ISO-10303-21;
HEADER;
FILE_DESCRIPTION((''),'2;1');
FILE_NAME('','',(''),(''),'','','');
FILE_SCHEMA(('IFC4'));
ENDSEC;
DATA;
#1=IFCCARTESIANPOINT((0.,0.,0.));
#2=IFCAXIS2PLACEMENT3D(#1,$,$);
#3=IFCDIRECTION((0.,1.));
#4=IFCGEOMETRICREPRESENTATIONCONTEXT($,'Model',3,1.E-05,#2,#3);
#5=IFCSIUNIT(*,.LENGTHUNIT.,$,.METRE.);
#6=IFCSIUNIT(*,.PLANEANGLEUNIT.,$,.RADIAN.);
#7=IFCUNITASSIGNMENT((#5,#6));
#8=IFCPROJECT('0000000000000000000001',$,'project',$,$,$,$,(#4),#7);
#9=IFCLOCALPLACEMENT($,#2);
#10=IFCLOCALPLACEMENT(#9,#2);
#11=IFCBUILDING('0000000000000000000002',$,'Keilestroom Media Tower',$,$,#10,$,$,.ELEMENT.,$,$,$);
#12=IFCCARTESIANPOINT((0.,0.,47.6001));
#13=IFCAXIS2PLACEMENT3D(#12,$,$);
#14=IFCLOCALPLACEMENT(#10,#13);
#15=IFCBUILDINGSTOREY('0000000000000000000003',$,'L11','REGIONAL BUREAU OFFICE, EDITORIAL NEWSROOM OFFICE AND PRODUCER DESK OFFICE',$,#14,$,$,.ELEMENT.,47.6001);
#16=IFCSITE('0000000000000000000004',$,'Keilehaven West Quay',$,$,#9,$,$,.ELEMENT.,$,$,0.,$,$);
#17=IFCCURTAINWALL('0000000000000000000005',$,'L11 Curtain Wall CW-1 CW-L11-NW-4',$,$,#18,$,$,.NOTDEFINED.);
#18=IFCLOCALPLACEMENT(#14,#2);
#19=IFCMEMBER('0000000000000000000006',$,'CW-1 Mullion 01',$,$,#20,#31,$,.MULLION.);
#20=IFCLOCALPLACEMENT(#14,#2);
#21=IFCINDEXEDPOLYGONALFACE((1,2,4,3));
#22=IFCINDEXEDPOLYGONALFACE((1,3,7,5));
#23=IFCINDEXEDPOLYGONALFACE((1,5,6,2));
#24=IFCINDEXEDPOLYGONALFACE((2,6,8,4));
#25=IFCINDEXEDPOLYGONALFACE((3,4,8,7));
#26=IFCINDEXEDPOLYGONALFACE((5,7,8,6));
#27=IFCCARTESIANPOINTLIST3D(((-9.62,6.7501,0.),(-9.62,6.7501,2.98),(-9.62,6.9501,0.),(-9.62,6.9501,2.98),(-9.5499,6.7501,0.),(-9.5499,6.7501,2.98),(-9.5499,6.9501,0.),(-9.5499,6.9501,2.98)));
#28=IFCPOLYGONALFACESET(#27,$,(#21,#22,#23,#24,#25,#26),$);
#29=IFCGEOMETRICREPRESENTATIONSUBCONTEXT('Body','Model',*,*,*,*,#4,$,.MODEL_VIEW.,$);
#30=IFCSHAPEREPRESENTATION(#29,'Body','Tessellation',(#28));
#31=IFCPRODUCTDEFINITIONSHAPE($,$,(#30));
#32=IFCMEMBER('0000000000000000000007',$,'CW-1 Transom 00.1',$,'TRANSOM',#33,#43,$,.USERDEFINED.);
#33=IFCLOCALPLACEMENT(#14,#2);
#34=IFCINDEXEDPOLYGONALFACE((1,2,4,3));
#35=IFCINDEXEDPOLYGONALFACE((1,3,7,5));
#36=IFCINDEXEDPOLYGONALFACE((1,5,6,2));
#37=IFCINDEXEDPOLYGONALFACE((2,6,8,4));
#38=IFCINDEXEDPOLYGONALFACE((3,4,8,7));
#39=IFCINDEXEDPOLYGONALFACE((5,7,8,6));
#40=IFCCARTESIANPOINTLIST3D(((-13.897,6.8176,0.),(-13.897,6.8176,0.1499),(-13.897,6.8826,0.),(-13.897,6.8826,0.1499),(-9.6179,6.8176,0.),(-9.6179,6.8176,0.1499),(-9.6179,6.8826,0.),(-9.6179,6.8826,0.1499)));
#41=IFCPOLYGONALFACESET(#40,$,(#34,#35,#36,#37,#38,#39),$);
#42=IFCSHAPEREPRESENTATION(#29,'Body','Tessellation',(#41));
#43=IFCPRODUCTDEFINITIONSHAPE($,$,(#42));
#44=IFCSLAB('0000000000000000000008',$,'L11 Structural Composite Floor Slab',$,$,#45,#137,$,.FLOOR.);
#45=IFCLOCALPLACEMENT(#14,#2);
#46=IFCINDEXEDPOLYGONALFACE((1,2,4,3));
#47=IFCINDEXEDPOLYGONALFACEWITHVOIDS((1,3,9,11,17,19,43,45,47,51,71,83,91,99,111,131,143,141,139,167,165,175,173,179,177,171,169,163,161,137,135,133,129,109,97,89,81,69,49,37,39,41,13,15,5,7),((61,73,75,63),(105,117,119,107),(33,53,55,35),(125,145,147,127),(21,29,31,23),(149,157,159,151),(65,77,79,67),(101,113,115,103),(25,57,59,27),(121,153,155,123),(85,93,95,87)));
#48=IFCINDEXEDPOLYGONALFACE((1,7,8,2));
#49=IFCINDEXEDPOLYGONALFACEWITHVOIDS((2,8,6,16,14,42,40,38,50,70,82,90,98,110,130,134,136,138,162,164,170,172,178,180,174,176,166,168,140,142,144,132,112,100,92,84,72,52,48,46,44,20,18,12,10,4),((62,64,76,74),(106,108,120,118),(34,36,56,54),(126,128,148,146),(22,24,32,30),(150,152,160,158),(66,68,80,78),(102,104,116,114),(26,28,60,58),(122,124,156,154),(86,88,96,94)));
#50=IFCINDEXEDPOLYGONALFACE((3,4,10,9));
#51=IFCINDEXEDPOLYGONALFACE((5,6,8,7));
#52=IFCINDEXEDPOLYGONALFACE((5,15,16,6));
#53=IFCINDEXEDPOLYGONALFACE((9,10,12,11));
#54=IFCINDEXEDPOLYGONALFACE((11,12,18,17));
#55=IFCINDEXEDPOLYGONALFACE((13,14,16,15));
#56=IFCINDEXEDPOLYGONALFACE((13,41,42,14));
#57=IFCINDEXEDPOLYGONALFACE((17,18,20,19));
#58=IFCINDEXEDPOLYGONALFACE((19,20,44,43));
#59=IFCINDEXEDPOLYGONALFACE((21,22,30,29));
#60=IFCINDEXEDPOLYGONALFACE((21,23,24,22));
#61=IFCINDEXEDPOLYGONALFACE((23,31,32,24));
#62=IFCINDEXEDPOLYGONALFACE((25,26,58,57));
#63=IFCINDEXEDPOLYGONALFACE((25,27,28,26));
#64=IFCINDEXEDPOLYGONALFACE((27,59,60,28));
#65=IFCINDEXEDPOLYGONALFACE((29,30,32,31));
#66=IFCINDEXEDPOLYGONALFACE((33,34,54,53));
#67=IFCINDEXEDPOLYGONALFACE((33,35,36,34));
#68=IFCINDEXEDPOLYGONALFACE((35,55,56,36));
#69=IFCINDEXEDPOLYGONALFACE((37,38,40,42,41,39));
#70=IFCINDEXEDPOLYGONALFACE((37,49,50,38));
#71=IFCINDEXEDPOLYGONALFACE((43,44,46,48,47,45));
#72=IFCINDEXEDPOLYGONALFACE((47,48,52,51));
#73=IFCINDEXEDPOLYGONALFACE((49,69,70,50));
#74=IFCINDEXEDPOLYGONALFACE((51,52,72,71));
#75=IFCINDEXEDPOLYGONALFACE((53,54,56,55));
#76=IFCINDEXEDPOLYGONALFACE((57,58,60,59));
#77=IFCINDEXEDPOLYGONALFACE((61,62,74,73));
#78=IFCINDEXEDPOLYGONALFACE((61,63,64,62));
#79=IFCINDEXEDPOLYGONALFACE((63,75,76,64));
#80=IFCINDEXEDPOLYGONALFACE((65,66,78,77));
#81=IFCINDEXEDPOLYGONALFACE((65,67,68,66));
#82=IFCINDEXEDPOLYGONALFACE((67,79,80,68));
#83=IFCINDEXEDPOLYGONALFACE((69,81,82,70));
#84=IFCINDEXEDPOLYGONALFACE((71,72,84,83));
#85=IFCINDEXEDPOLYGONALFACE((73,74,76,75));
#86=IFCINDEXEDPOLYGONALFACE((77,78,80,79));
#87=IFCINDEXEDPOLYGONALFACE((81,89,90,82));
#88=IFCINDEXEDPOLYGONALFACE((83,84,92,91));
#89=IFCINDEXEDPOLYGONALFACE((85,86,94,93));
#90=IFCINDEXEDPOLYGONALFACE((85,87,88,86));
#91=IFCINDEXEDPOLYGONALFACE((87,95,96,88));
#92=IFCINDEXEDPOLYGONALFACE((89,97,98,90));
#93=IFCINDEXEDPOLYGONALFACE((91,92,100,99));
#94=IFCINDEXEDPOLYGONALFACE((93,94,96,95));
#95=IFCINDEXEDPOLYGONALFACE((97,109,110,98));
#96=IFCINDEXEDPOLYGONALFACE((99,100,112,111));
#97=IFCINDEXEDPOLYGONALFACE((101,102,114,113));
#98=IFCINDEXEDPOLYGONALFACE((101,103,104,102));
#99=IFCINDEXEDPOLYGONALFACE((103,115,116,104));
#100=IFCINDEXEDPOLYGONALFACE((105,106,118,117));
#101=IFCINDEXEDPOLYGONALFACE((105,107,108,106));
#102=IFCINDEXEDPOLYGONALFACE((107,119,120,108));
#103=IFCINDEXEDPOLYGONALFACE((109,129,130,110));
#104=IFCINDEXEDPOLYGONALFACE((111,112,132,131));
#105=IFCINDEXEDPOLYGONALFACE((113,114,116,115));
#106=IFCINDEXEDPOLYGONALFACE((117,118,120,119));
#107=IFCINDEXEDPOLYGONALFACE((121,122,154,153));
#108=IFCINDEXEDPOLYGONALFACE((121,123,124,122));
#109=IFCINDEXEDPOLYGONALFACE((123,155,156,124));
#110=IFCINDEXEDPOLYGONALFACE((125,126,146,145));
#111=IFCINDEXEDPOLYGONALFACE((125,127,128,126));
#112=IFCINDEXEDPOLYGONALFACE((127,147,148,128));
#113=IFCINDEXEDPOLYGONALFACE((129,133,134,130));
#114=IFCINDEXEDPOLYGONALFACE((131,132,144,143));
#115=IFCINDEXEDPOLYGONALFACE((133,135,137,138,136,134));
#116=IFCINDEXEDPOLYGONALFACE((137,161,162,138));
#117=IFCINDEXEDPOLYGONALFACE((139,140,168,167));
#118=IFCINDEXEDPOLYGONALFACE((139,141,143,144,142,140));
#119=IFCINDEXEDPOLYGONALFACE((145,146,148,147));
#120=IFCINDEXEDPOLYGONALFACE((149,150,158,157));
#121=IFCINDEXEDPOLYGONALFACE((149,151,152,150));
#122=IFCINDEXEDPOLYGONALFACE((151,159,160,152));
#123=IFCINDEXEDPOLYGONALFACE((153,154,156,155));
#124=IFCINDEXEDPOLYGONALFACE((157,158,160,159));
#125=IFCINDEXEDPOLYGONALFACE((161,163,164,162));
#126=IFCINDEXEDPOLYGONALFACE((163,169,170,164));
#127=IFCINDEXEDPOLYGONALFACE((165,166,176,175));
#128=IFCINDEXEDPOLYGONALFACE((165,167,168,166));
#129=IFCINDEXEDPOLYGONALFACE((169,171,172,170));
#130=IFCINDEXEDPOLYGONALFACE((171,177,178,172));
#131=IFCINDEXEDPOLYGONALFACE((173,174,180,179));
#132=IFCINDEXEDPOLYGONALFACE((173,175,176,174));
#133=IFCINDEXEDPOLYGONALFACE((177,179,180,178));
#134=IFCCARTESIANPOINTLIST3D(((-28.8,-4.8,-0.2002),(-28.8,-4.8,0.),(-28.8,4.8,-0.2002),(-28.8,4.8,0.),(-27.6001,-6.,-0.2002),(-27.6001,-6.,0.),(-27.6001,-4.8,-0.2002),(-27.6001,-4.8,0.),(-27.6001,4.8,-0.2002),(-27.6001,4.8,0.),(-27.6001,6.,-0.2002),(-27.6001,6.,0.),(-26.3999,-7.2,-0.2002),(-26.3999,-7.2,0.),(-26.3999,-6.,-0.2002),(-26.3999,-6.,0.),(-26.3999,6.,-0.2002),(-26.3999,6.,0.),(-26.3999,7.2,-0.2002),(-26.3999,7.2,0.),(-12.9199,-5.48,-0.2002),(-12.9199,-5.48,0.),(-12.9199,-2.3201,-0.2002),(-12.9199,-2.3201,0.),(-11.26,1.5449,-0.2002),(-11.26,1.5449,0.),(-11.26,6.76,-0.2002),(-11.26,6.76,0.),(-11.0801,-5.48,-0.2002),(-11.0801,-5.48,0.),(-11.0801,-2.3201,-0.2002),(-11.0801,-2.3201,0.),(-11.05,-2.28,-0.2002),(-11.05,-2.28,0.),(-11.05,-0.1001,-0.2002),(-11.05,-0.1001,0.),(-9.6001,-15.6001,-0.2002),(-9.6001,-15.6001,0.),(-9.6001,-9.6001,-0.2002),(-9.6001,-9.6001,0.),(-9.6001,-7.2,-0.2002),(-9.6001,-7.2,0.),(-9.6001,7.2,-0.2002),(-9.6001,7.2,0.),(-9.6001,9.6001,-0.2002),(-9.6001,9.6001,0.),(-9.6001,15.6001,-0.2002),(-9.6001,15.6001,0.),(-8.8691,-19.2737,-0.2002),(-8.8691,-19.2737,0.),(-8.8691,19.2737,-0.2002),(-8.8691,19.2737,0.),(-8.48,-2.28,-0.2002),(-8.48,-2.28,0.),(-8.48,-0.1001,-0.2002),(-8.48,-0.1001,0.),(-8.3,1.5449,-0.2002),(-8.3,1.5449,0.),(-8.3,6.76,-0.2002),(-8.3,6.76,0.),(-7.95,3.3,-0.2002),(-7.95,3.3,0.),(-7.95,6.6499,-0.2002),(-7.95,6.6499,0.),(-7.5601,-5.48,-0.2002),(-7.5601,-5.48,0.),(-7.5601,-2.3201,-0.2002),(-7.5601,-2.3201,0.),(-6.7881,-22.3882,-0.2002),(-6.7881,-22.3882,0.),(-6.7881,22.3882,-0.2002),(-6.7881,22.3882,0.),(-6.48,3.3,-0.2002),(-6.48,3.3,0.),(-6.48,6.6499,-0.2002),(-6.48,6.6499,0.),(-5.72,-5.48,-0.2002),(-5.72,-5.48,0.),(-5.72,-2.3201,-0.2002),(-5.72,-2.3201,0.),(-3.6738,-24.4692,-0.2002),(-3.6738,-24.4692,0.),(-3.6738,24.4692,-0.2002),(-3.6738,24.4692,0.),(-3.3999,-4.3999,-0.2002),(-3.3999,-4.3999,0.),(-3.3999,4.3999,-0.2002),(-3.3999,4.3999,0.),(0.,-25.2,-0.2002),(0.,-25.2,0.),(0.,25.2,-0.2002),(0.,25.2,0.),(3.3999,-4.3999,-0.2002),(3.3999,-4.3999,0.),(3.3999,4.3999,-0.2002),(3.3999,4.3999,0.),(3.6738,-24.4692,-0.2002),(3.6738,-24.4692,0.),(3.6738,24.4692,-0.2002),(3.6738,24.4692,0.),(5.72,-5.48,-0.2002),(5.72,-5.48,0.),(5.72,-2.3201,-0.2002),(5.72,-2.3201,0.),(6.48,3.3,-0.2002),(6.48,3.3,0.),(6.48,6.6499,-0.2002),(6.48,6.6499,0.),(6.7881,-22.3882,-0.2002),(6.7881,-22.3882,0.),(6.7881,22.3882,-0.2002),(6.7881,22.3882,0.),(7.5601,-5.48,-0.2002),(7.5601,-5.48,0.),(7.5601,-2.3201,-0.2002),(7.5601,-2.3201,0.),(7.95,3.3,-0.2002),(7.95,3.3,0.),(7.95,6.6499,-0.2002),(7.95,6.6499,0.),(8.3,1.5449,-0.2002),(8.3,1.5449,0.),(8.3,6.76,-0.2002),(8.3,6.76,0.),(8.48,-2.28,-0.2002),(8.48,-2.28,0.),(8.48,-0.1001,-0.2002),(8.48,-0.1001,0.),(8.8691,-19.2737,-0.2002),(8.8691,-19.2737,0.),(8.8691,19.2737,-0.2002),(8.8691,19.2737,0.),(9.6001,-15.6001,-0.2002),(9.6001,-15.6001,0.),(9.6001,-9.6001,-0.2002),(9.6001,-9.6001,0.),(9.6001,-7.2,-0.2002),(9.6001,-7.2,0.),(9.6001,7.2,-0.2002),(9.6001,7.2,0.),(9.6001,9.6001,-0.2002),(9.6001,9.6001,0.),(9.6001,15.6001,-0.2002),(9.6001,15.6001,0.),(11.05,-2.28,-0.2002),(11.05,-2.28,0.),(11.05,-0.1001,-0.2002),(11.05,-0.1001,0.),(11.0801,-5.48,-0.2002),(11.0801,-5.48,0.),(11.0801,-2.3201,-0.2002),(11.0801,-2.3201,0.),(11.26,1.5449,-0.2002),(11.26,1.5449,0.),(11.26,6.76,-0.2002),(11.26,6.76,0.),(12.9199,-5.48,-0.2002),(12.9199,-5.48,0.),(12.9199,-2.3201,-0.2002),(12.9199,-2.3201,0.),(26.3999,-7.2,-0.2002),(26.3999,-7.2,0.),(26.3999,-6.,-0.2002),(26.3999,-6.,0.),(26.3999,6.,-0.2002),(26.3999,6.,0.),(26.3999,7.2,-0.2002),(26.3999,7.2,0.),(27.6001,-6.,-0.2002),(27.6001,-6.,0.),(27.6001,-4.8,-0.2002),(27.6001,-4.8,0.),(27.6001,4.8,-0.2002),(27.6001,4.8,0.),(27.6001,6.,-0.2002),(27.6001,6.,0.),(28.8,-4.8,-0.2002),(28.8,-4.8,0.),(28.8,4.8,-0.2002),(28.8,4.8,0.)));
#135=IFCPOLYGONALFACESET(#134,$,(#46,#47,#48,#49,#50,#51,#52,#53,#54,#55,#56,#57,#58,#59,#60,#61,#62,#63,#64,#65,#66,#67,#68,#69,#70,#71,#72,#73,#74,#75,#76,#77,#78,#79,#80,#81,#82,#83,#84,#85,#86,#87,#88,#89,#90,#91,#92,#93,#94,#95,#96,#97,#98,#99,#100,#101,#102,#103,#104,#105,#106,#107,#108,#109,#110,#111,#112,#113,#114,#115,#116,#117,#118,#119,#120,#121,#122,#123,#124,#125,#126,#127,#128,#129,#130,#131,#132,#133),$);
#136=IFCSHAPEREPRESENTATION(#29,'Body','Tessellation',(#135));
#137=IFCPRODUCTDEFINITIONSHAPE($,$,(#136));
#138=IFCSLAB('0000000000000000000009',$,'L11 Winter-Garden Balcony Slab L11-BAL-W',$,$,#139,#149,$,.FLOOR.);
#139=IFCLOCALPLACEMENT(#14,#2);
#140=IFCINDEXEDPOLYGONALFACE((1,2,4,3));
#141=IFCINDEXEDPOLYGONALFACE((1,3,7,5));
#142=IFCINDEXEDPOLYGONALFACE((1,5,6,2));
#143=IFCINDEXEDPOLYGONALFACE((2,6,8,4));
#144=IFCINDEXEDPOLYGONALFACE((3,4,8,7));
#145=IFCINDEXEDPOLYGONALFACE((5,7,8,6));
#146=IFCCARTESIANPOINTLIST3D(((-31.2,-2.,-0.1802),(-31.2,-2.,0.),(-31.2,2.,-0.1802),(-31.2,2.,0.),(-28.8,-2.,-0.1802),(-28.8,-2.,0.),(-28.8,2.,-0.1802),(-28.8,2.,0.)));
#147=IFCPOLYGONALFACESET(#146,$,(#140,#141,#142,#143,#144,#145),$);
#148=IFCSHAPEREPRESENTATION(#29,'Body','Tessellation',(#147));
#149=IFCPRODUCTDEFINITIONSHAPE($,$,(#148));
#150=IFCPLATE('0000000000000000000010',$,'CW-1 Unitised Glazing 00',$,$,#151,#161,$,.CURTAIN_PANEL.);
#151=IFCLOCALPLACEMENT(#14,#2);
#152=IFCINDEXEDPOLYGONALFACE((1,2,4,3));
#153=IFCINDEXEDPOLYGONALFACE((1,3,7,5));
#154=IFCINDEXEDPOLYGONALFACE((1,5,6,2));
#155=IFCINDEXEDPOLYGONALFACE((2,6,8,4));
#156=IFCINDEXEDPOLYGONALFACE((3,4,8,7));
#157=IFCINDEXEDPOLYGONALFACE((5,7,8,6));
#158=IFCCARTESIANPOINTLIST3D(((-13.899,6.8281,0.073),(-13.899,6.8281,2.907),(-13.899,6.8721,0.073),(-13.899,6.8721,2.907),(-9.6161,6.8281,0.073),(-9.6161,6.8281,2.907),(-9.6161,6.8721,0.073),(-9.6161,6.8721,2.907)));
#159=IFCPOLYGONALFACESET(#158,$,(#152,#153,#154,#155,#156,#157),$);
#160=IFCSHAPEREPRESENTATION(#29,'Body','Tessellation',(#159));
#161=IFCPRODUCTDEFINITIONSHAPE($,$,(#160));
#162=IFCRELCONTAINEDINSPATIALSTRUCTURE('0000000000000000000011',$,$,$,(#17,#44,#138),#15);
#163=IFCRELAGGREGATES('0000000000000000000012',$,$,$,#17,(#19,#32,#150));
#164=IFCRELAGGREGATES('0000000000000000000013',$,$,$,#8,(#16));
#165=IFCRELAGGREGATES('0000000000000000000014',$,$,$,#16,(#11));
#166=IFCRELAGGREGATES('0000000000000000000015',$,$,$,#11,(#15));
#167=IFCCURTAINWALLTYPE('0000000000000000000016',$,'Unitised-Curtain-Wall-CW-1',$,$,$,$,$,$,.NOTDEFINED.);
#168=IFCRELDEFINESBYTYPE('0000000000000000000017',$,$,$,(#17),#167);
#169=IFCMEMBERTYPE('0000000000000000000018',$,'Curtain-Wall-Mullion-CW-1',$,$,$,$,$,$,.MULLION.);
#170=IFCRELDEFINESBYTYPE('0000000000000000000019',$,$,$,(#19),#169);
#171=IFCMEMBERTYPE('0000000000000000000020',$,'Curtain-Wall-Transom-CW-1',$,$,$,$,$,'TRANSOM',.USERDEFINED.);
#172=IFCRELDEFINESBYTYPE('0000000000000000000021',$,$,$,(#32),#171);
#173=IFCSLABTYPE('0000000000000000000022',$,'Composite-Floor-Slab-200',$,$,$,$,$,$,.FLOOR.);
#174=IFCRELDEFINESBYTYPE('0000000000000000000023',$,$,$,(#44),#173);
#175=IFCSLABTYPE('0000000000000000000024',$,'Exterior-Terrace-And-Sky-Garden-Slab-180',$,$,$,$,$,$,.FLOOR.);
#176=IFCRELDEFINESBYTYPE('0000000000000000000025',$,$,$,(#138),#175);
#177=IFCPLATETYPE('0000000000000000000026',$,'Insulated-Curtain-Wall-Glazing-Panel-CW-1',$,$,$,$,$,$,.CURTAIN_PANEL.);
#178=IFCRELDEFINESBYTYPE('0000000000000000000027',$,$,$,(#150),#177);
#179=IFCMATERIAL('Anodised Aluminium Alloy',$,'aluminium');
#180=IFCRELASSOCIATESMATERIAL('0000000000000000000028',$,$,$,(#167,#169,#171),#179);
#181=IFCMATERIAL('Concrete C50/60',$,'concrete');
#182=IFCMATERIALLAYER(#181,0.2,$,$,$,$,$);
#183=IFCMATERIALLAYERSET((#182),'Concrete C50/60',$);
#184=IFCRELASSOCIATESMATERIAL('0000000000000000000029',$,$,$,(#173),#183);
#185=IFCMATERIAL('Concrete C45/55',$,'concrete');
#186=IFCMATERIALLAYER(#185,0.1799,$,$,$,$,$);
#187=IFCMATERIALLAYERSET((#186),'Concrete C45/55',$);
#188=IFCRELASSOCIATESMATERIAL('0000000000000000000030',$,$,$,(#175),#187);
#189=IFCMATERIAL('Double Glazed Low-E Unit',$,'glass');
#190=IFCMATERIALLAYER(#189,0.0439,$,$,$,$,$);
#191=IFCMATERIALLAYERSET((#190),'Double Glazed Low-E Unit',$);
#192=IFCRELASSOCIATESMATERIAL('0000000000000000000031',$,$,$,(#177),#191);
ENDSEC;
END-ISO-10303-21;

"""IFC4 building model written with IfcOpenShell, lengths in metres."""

from ifc_helpers import new_model, si_unit, direction, frame, origin, origin_2d, place, context, subcontext, project, spatial, polyline, rectangle, outline, extrude, source, transform, mapped, material, layer, layer_set, material_profile, profile_set, type_object, element, aggregate, save


model = new_model("IFC4")

# Units and contexts
model_context = context("Model", 3, precision=1e-05, world=origin(), true_north=direction((0.0, 1.0)))
body_context = subcontext(model_context, "Body", "Model", "MODEL_VIEW")
ifc_project = project(units=[si_unit("LENGTHUNIT", "METRE"), si_unit("PLANEANGLEUNIT", "RADIAN")], contexts=[model_context])

# Site, building, storey
site_placement = place(None, origin())
site = spatial("IfcSite", under=ifc_project, at=site_placement, Name="Keilehaven West Quay", CompositionType="ELEMENT", RefElevation=0.0)
building_placement = place(site_placement, origin())
building = spatial("IfcBuilding", under=site, at=building_placement, Name="Keilestroom Media Tower", CompositionType="ELEMENT")
storey_placement = place(building_placement, frame((0.0, 0.0, 47.6001)))
storey = spatial("IfcBuildingStorey", under=building, at=storey_placement, Name="L11", Description="REGIONAL BUREAU OFFICE, EDITORIAL NEWSROOM OFFICE AND PRODUCER DESK OFFICE", CompositionType="ELEMENT", Elevation=47.6001)

# Curtain wall, members
ifc_material_1 = material(Name="Anodised Aluminium Alloy", Category="aluminium")
curtain_wall_type = type_object("IfcCurtainWallType", Name="Unitised-Curtain-Wall-CW-1", PredefinedType="NOTDEFINED", material=ifc_material_1)
curtain_wall_placement = place(storey_placement, origin())
curtain_wall = element("IfcCurtainWall", 1, at=curtain_wall_placement, inside=storey, type_object=curtain_wall_type, Name="L11 Curtain Wall CW-1 CW-L11-NW-4", PredefinedType="NOTDEFINED")
ifc_material_profile_1 = material_profile(ifc_material_1, rectangle(XDim=0.0701, YDim=0.2, at=origin_2d()), Name="ALU MULLION 70x200")
ifc_profile_set_1 = profile_set([ifc_material_profile_1], Name="Anodised Aluminium Alloy")
member_type_1 = type_object("IfcMemberType", Name="Curtain-Wall-Mullion-CW-1", PredefinedType="MULLION", material=ifc_profile_set_1)
shared_shape_1 = source(origin(), body_context, "Body", "SweptSolid", [
    extrude(rectangle(XDim=0.0701, YDim=0.2, at=origin_2d()), origin(), (0.0, 0.0, 1.0), 2.98),
])
member_1_placement = place(storey_placement, frame((-9.585, 6.8501, 0.0), z_axis=(0.0, 0.0, 1.0), x_axis=(1.0, 0.0, 0.0)))
member_1 = element("IfcMember", 2, at=member_1_placement, type_object=member_type_1, Name="CW-1 Mullion 01", PredefinedType="MULLION", context=body_context, shape_type="MappedRepresentation", body=[
    mapped(shared_shape_1, transform((0.0, 0.0, 0.0), x_axis=(1.0, 0.0, 0.0), y_axis=(0.0, 1.0, 0.0), z_axis=(0.0, 0.0, 1.0), scale=1.0)),
])
ifc_material_profile_2 = material_profile(ifc_material_1, rectangle(XDim=0.0649, YDim=0.1499, at=origin_2d()), Name="ALU TRANSOM 65x150")
ifc_profile_set_2 = profile_set([ifc_material_profile_2], Name="Anodised Aluminium Alloy")
member_type_2 = type_object("IfcMemberType", Name="Curtain-Wall-Transom-CW-1", ElementType="TRANSOM", PredefinedType="USERDEFINED", material=ifc_profile_set_2)
shared_shape_2 = source(origin(), body_context, "Body", "SweptSolid", [
    extrude(rectangle(XDim=0.0649, YDim=0.1499, at=origin_2d()), origin(), (0.0, 0.0, 1.0), 4.2791),
])
member_2_placement = place(storey_placement, frame((-13.897, 6.8501, 0.075), z_axis=(1.0, 0.0, 0.0), x_axis=(0.0, 1.0, 0.0)))
member_2 = element("IfcMember", 3, at=member_2_placement, type_object=member_type_2, Name="CW-1 Transom 00.1", ObjectType="TRANSOM", PredefinedType="USERDEFINED", context=body_context, shape_type="MappedRepresentation", body=[
    mapped(shared_shape_2, transform((0.0, 0.0, 0.0), x_axis=(1.0, 0.0, 0.0), y_axis=(0.0, 1.0, 0.0), z_axis=(0.0, 0.0, 1.0), scale=1.0)),
])

# Slabs
ifc_material_2 = material(Name="Concrete C50/60", Category="concrete")
ifc_layer_1 = layer(ifc_material_2, 0.2)
ifc_layer_set_1 = layer_set([ifc_layer_1], Name="Concrete C50/60")
slab_type_1 = type_object("IfcSlabType", Name="Composite-Floor-Slab-200", PredefinedType="FLOOR", material=ifc_layer_set_1)
slab_1_placement = place(storey_placement, frame((0.0, 0.0, -0.2002)))
element("IfcSlab", 4, at=slab_1_placement, inside=storey, type_object=slab_type_1, Name="L11 Structural Composite Floor Slab", PredefinedType="FLOOR", context=body_context, shape_type="SweptSolid", body=[
    extrude(outline(polyline([(28.8, -4.8), (28.8, 4.8), (27.6001, 4.8), (27.6001, 6.0), (26.3999, 6.0), (26.3999, 7.2), (9.6001, 7.2), (9.6001, 9.6001), (9.6001, 15.6001), (8.8691, 19.2737), (6.7881, 22.3882), (3.6738, 24.4692), (0.0, 25.2), (-3.6738, 24.4692), (-6.7881, 22.3882), (-8.8691, 19.2737), (-9.6001, 15.6001), (-9.6001, 9.6001), (-9.6001, 7.2), (-26.3999, 7.2), (-26.3999, 6.0), (-27.6001, 6.0), (-27.6001, 4.8), (-28.8, 4.8), (-28.8, -4.8), (-27.6001, -4.8), (-27.6001, -6.0), (-26.3999, -6.0), (-26.3999, -7.2), (-9.6001, -7.2), (-9.6001, -9.6001), (-9.6001, -15.6001), (-8.8691, -19.2737), (-6.7881, -22.3882), (-3.6738, -24.4692), (0.0, -25.2), (3.6738, -24.4692), (6.7881, -22.3882), (8.8691, -19.2737), (9.6001, -15.6001), (9.6001, -9.6001), (9.6001, -7.2), (26.3999, -7.2), (26.3999, -6.0), (27.6001, -6.0), (27.6001, -4.8), (28.8, -4.8)]), holes=[polyline([(-12.9199, -5.48), (-12.9199, -2.3201), (-11.0801, -2.3201), (-11.0801, -5.48), (-12.9199, -5.48)]), polyline([(-11.26, 1.5449), (-11.26, 6.76), (-8.3, 6.76), (-8.3, 1.5449), (-11.26, 1.5449)]), polyline([(-11.05, -2.28), (-11.05, -0.1001), (-8.48, -0.1001), (-8.48, -2.28), (-11.05, -2.28)]), polyline([(-7.95, 3.3), (-7.95, 6.6499), (-6.48, 6.6499), (-6.48, 3.3), (-7.95, 3.3)]), polyline([(-7.5601, -5.48), (-7.5601, -2.3201), (-5.72, -2.3201), (-5.72, -5.48), (-7.5601, -5.48)]), polyline([(-3.3999, -4.3999), (-3.3999, 4.3999), (3.3999, 4.3999), (3.3999, -4.3999), (-3.3999, -4.3999)]), polyline([(5.72, -5.48), (5.72, -2.3201), (7.5601, -2.3201), (7.5601, -5.48), (5.72, -5.48)]), polyline([(7.95, 6.6499), (7.95, 3.3), (6.48, 3.3), (6.48, 6.6499), (7.95, 6.6499)]), polyline([(8.3, 6.76), (11.26, 6.76), (11.26, 1.5449), (8.3, 1.5449), (8.3, 6.76)]), polyline([(8.48, -2.28), (8.48, -0.1001), (11.05, -0.1001), (11.05, -2.28), (8.48, -2.28)]), polyline([(12.9199, -5.48), (11.0801, -5.48), (11.0801, -2.3201), (12.9199, -2.3201), (12.9199, -5.48)])]), origin(), (0.0, 0.0, 1.0), 0.2002),
])
ifc_material_3 = material(Name="Concrete C45/55", Category="concrete")
ifc_layer_2 = layer(ifc_material_3, 0.1799)
ifc_layer_set_2 = layer_set([ifc_layer_2], Name="Concrete C45/55")
slab_type_2 = type_object("IfcSlabType", Name="Exterior-Terrace-And-Sky-Garden-Slab-180", PredefinedType="FLOOR", material=ifc_layer_set_2)
slab_2_placement = place(storey_placement, frame((0.0, 0.0, -0.1802)))
element("IfcSlab", 5, at=slab_2_placement, inside=storey, type_object=slab_type_2, Name="L11 Winter-Garden Balcony Slab L11-BAL-W", PredefinedType="FLOOR", context=body_context, shape_type="SweptSolid", body=[
    extrude(outline(polyline([(-31.2, -2.0), (-28.8, -2.0), (-28.8, 2.0), (-31.2, 2.0), (-31.2, -2.0)])), origin(), (0.0, 0.0, 1.0), 0.1802),
])

# Plate
ifc_material_4 = material(Name="Double Glazed Low-E Unit", Category="glass")
ifc_layer_3 = layer(ifc_material_4, 0.0439)
ifc_layer_set_3 = layer_set([ifc_layer_3], Name="Double Glazed Low-E Unit")
plate_type = type_object("IfcPlateType", Name="Insulated-Curtain-Wall-Glazing-Panel-CW-1", PredefinedType="CURTAIN_PANEL", material=ifc_layer_set_3)
shared_shape_3 = source(origin(), body_context, "Body", "SweptSolid", [
    extrude(rectangle(XDim=4.283, YDim=0.0439, at=origin_2d()), origin(), (0.0, 0.0, 1.0), 2.834),
])
plate_placement = place(storey_placement, frame((-11.7576, 6.8501, 0.073), z_axis=(0.0, 0.0, 1.0), x_axis=(1.0, 0.0, 0.0)))
plate = element("IfcPlate", 6, at=plate_placement, type_object=plate_type, Name="CW-1 Unitised Glazing 00", PredefinedType="CURTAIN_PANEL", context=body_context, shape_type="MappedRepresentation", body=[
    mapped(shared_shape_3, transform((0.0, 0.0, 0.0), x_axis=(1.0, 0.0, 0.0), y_axis=(0.0, 1.0, 0.0), z_axis=(0.0, 0.0, 1.0), scale=1.0)),
])
aggregate(curtain_wall, [member_1, member_2, plate])

save(model, "model.ifc")
